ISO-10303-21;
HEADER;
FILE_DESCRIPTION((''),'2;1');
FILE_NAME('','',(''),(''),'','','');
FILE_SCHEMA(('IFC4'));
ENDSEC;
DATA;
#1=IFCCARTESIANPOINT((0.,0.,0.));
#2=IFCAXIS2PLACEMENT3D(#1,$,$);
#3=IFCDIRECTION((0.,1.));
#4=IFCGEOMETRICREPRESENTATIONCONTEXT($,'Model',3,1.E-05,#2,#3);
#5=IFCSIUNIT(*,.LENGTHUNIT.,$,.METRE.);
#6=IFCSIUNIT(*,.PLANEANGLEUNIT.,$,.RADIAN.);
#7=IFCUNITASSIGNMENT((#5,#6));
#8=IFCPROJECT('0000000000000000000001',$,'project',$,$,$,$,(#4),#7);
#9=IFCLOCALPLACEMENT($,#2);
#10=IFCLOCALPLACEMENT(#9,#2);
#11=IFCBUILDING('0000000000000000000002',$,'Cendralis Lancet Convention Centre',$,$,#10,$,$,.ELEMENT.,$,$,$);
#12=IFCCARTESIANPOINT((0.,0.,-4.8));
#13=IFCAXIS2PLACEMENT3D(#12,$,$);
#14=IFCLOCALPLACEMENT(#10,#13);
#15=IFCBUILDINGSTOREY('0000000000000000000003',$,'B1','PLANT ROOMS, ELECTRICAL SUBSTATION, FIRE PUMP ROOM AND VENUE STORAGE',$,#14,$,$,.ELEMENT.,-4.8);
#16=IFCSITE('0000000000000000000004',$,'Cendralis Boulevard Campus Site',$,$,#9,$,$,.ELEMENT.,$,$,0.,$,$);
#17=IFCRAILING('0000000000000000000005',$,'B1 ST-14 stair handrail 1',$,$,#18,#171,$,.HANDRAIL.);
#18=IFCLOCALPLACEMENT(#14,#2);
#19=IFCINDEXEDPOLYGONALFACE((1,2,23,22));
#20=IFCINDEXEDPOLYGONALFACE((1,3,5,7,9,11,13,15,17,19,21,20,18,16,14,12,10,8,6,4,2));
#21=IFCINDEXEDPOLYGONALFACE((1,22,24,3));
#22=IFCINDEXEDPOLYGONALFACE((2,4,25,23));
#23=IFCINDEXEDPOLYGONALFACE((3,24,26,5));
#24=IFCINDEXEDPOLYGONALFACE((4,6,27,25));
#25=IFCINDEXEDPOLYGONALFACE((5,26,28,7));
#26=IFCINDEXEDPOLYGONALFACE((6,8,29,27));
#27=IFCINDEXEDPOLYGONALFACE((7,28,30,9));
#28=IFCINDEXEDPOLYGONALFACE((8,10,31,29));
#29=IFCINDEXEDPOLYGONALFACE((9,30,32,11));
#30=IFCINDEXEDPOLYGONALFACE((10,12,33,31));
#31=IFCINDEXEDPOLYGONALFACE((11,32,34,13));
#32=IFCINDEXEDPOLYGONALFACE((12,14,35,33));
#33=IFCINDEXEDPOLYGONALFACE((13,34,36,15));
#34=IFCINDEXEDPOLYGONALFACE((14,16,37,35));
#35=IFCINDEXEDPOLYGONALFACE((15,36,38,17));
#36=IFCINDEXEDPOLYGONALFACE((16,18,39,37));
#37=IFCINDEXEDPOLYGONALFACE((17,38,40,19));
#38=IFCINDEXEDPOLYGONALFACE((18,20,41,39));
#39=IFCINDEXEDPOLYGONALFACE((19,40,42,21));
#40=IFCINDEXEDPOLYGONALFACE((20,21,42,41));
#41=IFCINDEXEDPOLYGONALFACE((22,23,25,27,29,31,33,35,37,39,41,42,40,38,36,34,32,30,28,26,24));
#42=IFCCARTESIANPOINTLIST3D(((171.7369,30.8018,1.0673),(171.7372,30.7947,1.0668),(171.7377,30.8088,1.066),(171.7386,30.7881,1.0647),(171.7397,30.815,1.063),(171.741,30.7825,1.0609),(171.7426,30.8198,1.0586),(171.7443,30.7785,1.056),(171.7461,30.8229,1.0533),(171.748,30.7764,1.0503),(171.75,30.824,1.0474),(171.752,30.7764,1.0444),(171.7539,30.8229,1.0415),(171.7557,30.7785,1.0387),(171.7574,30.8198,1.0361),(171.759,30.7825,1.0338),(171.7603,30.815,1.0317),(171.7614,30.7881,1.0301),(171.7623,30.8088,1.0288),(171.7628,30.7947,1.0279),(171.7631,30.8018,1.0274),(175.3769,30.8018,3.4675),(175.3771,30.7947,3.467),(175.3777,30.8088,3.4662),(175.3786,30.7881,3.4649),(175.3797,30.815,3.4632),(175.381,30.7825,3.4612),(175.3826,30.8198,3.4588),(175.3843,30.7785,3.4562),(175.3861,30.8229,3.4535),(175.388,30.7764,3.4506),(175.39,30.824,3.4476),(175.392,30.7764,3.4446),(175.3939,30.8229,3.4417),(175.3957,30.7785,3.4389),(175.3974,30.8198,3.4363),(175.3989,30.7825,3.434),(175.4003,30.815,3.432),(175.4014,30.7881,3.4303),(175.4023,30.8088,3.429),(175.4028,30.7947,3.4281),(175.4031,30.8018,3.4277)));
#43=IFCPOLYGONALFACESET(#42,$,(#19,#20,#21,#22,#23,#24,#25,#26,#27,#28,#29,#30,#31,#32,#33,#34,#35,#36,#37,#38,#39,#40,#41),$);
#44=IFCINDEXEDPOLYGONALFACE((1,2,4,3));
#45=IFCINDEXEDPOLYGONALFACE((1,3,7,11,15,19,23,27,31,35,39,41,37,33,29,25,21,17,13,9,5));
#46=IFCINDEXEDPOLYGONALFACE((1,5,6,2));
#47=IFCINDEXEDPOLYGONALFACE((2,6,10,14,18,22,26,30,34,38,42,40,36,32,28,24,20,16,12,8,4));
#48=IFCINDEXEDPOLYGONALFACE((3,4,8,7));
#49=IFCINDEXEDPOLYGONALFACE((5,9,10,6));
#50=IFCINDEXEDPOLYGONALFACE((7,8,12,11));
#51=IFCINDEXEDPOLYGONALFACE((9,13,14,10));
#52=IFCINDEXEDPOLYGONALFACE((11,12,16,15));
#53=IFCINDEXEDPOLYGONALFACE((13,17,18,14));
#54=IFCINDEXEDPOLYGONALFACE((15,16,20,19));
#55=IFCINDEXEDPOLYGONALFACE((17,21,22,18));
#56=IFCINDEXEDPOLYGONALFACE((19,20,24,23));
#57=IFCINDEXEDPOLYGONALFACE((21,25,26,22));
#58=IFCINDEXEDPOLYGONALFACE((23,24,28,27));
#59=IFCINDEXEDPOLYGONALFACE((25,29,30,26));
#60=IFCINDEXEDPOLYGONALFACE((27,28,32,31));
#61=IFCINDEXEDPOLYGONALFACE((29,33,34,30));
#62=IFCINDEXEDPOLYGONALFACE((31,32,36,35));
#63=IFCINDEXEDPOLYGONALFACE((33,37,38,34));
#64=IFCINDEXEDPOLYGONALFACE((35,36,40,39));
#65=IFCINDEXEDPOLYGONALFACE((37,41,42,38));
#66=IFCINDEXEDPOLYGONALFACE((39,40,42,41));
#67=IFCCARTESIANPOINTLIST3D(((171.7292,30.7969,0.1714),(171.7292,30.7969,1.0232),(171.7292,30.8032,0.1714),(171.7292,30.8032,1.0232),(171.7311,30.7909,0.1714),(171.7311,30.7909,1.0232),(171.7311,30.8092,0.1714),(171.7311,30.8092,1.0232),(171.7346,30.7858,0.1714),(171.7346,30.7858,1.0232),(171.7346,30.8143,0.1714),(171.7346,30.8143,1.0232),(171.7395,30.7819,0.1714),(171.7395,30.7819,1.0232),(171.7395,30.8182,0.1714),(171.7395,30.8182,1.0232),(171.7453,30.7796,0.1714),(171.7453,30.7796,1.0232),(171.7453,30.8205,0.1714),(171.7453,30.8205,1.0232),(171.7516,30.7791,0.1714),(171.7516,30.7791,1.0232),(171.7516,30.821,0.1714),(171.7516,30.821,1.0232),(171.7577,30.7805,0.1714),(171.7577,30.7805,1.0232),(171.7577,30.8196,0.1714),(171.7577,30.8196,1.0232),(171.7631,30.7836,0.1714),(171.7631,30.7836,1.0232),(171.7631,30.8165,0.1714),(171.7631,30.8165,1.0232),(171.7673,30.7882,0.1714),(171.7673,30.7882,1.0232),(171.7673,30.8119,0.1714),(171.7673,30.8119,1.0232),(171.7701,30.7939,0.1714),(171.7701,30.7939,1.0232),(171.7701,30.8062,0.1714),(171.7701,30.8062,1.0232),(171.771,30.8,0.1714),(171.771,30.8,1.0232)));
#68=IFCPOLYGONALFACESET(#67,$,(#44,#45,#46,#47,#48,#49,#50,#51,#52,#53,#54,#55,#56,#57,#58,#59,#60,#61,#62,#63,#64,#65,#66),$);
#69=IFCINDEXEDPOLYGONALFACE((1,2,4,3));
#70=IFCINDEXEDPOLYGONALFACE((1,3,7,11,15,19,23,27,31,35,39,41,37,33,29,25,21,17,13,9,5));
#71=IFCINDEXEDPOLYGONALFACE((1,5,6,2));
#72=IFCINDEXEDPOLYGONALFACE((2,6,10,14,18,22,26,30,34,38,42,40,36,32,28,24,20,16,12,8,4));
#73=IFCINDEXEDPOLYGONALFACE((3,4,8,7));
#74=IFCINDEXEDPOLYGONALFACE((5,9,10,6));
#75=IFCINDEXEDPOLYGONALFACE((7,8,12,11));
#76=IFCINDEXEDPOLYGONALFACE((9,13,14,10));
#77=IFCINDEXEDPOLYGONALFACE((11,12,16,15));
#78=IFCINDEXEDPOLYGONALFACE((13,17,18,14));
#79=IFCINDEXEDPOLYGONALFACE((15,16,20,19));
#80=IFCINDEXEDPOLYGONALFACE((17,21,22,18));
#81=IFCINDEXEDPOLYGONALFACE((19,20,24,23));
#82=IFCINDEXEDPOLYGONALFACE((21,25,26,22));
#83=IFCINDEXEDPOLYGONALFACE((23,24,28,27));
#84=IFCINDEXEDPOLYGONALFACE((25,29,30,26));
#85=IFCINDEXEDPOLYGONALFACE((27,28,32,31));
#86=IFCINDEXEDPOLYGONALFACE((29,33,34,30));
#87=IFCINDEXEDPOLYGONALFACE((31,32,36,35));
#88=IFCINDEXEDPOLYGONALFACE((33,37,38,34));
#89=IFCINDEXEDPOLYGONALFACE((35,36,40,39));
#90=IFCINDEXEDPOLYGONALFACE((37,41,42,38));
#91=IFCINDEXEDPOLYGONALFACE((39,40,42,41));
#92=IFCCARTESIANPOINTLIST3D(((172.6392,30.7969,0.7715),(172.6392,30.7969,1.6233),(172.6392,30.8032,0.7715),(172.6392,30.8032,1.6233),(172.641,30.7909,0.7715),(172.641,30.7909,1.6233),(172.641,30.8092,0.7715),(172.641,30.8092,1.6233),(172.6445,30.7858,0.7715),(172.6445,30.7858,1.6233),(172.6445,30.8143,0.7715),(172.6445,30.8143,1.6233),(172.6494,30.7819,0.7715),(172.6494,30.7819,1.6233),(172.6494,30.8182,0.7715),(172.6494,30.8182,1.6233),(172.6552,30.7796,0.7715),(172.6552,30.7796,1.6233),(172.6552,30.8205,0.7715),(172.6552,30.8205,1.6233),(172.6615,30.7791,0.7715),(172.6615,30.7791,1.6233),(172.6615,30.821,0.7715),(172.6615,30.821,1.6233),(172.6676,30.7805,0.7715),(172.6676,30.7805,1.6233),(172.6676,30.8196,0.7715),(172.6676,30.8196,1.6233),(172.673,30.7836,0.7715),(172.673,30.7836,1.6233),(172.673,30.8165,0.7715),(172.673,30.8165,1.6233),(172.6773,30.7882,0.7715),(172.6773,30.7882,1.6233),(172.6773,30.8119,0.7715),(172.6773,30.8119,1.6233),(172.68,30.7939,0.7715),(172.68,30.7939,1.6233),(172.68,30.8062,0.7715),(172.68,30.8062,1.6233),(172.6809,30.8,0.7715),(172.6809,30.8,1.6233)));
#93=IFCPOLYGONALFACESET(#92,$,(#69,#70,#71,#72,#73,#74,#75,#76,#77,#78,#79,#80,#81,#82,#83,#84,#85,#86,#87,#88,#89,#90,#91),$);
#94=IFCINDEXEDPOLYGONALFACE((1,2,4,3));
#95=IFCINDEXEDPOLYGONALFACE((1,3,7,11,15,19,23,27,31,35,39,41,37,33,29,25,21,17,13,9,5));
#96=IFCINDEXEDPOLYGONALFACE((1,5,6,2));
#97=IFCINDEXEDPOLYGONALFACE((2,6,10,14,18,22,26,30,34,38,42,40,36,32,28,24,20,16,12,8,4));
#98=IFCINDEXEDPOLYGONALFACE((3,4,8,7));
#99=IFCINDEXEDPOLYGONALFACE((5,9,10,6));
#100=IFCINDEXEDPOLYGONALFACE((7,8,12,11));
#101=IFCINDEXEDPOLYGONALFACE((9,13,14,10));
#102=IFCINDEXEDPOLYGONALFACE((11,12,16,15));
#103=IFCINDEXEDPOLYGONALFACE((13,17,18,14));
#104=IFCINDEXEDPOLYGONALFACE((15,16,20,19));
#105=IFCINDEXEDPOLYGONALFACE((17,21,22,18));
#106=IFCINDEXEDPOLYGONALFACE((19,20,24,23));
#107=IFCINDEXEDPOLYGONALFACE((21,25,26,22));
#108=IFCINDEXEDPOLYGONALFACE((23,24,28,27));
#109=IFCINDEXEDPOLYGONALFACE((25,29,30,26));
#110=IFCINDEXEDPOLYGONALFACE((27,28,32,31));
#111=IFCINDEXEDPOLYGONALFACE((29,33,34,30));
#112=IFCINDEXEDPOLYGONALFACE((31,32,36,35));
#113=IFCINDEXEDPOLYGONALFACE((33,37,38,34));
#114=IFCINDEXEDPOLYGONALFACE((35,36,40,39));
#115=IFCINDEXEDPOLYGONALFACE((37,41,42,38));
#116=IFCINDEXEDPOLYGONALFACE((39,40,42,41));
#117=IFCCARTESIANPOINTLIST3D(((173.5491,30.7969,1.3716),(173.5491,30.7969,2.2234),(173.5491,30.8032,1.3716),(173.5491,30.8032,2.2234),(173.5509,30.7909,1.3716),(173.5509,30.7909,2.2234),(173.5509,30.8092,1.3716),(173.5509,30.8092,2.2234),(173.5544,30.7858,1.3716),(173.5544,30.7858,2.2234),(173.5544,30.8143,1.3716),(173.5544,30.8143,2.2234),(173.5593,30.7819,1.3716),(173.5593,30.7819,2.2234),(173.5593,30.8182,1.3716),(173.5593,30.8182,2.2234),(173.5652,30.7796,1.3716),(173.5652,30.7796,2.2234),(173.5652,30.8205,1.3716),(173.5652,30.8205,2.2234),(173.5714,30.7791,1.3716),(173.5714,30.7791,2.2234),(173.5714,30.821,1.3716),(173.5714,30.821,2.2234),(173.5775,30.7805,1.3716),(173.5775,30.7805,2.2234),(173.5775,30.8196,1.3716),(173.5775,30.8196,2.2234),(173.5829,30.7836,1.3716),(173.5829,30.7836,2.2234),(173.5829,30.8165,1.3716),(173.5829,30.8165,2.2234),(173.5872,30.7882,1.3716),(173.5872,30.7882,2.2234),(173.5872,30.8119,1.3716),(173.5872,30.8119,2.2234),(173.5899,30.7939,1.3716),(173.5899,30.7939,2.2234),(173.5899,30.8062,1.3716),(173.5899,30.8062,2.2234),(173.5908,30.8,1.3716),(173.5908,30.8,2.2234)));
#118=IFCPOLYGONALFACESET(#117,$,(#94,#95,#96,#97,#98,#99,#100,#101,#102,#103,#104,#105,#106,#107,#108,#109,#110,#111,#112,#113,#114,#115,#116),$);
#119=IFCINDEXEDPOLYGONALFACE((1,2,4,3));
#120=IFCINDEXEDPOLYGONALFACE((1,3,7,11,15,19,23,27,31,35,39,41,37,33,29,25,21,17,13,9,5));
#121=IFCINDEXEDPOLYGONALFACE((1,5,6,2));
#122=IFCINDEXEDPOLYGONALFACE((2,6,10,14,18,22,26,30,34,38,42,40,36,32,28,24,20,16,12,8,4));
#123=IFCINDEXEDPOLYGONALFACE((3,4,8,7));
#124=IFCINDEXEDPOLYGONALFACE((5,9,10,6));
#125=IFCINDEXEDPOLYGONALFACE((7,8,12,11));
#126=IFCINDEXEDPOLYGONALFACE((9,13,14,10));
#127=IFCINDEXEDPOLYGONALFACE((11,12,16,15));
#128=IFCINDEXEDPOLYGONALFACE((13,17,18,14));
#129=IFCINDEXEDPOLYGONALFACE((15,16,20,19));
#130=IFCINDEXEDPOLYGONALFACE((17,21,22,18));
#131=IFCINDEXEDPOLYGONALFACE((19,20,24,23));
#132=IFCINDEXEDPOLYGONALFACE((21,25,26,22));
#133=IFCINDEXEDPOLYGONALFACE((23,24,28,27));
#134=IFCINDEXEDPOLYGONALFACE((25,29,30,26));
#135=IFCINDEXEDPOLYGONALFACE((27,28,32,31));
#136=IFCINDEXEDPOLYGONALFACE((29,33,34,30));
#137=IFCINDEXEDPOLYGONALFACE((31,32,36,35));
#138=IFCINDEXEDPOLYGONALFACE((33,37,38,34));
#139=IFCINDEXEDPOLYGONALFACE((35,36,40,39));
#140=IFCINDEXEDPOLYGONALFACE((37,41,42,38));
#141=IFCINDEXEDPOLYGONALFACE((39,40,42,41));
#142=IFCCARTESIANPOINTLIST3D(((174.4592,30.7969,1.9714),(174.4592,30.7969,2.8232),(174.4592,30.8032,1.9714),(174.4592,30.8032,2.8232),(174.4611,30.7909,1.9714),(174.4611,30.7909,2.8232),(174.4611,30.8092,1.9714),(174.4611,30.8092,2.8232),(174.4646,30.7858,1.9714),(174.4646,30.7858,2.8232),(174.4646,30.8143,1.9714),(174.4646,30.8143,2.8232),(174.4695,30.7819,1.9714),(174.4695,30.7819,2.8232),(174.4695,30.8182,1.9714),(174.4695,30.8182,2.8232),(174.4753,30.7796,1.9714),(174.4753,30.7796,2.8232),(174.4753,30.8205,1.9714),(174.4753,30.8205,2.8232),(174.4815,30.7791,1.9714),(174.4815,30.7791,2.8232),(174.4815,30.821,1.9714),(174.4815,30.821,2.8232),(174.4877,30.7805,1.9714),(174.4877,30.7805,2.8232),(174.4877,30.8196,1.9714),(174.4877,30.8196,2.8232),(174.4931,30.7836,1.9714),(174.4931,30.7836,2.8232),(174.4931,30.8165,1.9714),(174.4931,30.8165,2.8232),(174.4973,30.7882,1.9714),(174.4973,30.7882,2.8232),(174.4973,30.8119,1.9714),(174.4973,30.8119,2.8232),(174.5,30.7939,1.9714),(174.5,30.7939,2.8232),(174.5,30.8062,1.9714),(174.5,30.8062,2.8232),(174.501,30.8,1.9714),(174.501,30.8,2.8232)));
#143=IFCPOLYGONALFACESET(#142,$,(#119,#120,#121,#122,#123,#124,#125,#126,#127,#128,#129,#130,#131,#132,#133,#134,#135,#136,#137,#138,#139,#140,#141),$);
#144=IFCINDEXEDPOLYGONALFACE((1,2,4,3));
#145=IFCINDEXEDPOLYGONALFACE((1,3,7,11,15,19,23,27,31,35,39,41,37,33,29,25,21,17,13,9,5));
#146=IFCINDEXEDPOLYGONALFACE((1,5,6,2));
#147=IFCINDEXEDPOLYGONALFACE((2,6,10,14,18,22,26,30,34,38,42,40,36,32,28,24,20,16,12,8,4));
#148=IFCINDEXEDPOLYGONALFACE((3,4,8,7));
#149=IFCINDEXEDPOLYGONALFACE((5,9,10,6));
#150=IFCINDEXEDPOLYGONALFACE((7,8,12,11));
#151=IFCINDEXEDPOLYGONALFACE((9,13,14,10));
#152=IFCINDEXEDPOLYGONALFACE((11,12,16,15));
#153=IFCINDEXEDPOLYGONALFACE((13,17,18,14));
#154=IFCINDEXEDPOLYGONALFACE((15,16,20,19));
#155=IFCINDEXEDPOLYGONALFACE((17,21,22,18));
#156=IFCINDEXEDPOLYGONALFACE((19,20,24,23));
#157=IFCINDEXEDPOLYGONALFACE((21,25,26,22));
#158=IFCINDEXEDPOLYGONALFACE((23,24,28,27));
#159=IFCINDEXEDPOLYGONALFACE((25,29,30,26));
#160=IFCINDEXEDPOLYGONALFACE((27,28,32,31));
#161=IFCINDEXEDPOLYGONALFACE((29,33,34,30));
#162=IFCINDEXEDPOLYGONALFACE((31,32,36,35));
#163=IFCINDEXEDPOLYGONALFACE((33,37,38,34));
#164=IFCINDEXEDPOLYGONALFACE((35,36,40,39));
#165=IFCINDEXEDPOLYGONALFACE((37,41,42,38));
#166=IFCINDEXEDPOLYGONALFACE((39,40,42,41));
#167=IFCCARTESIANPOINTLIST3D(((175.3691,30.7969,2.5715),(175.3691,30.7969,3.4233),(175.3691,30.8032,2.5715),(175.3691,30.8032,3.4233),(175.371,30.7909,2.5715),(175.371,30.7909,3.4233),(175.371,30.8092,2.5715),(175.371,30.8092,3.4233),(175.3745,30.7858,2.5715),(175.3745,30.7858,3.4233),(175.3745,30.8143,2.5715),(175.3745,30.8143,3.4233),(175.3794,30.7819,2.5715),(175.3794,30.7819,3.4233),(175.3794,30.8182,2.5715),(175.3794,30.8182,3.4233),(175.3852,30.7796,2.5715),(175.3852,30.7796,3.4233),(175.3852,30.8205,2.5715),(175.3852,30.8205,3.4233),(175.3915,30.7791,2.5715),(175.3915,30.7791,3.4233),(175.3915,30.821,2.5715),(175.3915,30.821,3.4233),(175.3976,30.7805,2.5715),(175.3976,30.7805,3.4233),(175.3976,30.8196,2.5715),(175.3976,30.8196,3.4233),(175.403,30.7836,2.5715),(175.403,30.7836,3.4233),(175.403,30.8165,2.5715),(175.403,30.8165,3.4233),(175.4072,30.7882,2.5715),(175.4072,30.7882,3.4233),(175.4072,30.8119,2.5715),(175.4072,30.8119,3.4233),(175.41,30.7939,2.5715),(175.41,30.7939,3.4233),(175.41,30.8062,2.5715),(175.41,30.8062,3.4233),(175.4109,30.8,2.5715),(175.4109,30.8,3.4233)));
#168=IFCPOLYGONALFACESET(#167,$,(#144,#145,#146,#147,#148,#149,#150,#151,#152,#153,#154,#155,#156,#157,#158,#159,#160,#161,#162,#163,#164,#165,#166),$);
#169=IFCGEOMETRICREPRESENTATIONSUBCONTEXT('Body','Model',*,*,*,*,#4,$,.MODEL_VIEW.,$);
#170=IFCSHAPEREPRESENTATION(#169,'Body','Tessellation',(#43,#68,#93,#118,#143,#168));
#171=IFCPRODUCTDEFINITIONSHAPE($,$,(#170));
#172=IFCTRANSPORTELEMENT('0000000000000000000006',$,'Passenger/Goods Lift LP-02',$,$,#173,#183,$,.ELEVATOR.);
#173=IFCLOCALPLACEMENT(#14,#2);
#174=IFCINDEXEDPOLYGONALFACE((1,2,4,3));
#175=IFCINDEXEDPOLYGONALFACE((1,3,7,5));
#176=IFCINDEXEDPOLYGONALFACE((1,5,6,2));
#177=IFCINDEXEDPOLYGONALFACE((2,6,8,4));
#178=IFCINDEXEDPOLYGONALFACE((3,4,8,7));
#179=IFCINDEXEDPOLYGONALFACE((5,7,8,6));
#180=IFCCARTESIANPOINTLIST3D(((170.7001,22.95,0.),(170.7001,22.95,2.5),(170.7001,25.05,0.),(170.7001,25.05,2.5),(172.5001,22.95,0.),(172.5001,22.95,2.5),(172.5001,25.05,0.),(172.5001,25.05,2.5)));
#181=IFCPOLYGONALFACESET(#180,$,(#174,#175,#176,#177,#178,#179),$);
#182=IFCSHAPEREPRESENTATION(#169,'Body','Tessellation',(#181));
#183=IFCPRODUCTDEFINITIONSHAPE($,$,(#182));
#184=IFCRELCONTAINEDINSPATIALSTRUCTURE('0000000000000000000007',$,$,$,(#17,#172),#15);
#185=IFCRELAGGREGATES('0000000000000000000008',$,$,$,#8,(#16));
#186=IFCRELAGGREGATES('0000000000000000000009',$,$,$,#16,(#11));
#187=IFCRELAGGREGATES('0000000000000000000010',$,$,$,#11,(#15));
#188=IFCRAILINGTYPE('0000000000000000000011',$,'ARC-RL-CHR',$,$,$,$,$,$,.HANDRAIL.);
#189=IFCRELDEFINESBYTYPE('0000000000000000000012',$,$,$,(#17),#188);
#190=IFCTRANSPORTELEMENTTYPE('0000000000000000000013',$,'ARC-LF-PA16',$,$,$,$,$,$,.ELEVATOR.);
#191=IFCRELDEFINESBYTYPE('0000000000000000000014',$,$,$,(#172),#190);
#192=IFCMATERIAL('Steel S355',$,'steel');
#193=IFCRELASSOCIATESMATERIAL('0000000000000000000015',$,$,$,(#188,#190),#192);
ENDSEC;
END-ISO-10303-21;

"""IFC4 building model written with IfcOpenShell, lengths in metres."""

from ifc_helpers import new_model, si_unit, direction, frame, origin, origin_2d, place, context, subcontext, project, spatial, rectangle, circle, extrude, material, type_object, element, save


model = new_model("IFC4")

# Units and contexts
model_context = context("Model", 3, precision=1e-05, world=origin(), true_north=direction((0.0, 1.0)))
body_context = subcontext(model_context, "Body", "Model", "MODEL_VIEW")
ifc_project = project(units=[si_unit("LENGTHUNIT", "METRE"), si_unit("PLANEANGLEUNIT", "RADIAN")], contexts=[model_context])

# Site, building, storey
site_placement = place(None, origin())
site = spatial("IfcSite", under=ifc_project, at=site_placement, Name="Cendralis Boulevard Campus Site", CompositionType="ELEMENT", RefElevation=0.0)
building_placement = place(site_placement, origin())
building = spatial("IfcBuilding", under=site, at=building_placement, Name="Cendralis Lancet Convention Centre", CompositionType="ELEMENT")
storey_placement = place(building_placement, frame((0.0, 0.0, -4.8)))
storey = spatial("IfcBuildingStorey", under=building, at=storey_placement, Name="B1", Description="PLANT ROOMS, ELECTRICAL SUBSTATION, FIRE PUMP ROOM AND VENUE STORAGE", CompositionType="ELEMENT", Elevation=-4.8)

# Shared definitions
ifc_material_1 = material(Name="Steel S355", Category="steel")

# Railing
railing_type_1 = type_object("IfcRailingType", Name="ARC-RL-CHR", PredefinedType="HANDRAIL", material=ifc_material_1)
railing_1_placement = place(storey_placement, frame((171.75, 30.8, 0.1714)))
element("IfcRailing", 1, at=railing_1_placement, inside=storey, type_object=railing_type_1, Name="B1 ST-14 stair handrail 1", PredefinedType="HANDRAIL", context=body_context, shape_type="SweptSolid", body=[
    extrude(circle(Radius=0.0239, at=origin_2d()), frame((0.0, 0.0, 0.876), z_axis=(0.834839, 0.0, 0.550493), x_axis=(0.0, 1.0, 0.0)), (0.0, 0.0, 1.0), 4.3601),
    extrude(circle(Radius=0.021, at=origin_2d()), origin(), (0.0, 0.0, 1.0), 0.8518),
    extrude(circle(Radius=0.021, at=origin_2d()), frame((0.9099, 0.0, 0.6001)), (0.0, 0.0, 1.0), 0.8518),
    extrude(circle(Radius=0.021, at=origin_2d()), frame((1.8198, 0.0, 1.2002)), (0.0, 0.0, 1.0), 0.8518),
    extrude(circle(Radius=0.021, at=origin_2d()), frame((2.73, 0.0, 1.8)), (0.0, 0.0, 1.0), 0.8518),
    extrude(circle(Radius=0.021, at=origin_2d()), frame((3.6399, 0.0, 2.4001)), (0.0, 0.0, 1.0), 0.8518),
])

# Transport element
transport_element_type = type_object("IfcTransportElementType", Name="ARC-LF-PA16", PredefinedType="ELEVATOR", material=ifc_material_1)
transport_element_placement = place(storey_placement, frame((171.6001, 24.0, 0.0), z_axis=(0.0, 0.0, 1.0), x_axis=(1.0, 0.0, 0.0)))
element("IfcTransportElement", 2, at=transport_element_placement, inside=storey, type_object=transport_element_type, Name="Passenger/Goods Lift LP-02", PredefinedType="ELEVATOR", context=body_context, shape_type="SweptSolid", body=[
    extrude(rectangle(XDim=1.8, YDim=2.1001, at=origin_2d()), origin(), (0.0, 0.0, 1.0), 2.5),
])

save(model, "model.ifc")
